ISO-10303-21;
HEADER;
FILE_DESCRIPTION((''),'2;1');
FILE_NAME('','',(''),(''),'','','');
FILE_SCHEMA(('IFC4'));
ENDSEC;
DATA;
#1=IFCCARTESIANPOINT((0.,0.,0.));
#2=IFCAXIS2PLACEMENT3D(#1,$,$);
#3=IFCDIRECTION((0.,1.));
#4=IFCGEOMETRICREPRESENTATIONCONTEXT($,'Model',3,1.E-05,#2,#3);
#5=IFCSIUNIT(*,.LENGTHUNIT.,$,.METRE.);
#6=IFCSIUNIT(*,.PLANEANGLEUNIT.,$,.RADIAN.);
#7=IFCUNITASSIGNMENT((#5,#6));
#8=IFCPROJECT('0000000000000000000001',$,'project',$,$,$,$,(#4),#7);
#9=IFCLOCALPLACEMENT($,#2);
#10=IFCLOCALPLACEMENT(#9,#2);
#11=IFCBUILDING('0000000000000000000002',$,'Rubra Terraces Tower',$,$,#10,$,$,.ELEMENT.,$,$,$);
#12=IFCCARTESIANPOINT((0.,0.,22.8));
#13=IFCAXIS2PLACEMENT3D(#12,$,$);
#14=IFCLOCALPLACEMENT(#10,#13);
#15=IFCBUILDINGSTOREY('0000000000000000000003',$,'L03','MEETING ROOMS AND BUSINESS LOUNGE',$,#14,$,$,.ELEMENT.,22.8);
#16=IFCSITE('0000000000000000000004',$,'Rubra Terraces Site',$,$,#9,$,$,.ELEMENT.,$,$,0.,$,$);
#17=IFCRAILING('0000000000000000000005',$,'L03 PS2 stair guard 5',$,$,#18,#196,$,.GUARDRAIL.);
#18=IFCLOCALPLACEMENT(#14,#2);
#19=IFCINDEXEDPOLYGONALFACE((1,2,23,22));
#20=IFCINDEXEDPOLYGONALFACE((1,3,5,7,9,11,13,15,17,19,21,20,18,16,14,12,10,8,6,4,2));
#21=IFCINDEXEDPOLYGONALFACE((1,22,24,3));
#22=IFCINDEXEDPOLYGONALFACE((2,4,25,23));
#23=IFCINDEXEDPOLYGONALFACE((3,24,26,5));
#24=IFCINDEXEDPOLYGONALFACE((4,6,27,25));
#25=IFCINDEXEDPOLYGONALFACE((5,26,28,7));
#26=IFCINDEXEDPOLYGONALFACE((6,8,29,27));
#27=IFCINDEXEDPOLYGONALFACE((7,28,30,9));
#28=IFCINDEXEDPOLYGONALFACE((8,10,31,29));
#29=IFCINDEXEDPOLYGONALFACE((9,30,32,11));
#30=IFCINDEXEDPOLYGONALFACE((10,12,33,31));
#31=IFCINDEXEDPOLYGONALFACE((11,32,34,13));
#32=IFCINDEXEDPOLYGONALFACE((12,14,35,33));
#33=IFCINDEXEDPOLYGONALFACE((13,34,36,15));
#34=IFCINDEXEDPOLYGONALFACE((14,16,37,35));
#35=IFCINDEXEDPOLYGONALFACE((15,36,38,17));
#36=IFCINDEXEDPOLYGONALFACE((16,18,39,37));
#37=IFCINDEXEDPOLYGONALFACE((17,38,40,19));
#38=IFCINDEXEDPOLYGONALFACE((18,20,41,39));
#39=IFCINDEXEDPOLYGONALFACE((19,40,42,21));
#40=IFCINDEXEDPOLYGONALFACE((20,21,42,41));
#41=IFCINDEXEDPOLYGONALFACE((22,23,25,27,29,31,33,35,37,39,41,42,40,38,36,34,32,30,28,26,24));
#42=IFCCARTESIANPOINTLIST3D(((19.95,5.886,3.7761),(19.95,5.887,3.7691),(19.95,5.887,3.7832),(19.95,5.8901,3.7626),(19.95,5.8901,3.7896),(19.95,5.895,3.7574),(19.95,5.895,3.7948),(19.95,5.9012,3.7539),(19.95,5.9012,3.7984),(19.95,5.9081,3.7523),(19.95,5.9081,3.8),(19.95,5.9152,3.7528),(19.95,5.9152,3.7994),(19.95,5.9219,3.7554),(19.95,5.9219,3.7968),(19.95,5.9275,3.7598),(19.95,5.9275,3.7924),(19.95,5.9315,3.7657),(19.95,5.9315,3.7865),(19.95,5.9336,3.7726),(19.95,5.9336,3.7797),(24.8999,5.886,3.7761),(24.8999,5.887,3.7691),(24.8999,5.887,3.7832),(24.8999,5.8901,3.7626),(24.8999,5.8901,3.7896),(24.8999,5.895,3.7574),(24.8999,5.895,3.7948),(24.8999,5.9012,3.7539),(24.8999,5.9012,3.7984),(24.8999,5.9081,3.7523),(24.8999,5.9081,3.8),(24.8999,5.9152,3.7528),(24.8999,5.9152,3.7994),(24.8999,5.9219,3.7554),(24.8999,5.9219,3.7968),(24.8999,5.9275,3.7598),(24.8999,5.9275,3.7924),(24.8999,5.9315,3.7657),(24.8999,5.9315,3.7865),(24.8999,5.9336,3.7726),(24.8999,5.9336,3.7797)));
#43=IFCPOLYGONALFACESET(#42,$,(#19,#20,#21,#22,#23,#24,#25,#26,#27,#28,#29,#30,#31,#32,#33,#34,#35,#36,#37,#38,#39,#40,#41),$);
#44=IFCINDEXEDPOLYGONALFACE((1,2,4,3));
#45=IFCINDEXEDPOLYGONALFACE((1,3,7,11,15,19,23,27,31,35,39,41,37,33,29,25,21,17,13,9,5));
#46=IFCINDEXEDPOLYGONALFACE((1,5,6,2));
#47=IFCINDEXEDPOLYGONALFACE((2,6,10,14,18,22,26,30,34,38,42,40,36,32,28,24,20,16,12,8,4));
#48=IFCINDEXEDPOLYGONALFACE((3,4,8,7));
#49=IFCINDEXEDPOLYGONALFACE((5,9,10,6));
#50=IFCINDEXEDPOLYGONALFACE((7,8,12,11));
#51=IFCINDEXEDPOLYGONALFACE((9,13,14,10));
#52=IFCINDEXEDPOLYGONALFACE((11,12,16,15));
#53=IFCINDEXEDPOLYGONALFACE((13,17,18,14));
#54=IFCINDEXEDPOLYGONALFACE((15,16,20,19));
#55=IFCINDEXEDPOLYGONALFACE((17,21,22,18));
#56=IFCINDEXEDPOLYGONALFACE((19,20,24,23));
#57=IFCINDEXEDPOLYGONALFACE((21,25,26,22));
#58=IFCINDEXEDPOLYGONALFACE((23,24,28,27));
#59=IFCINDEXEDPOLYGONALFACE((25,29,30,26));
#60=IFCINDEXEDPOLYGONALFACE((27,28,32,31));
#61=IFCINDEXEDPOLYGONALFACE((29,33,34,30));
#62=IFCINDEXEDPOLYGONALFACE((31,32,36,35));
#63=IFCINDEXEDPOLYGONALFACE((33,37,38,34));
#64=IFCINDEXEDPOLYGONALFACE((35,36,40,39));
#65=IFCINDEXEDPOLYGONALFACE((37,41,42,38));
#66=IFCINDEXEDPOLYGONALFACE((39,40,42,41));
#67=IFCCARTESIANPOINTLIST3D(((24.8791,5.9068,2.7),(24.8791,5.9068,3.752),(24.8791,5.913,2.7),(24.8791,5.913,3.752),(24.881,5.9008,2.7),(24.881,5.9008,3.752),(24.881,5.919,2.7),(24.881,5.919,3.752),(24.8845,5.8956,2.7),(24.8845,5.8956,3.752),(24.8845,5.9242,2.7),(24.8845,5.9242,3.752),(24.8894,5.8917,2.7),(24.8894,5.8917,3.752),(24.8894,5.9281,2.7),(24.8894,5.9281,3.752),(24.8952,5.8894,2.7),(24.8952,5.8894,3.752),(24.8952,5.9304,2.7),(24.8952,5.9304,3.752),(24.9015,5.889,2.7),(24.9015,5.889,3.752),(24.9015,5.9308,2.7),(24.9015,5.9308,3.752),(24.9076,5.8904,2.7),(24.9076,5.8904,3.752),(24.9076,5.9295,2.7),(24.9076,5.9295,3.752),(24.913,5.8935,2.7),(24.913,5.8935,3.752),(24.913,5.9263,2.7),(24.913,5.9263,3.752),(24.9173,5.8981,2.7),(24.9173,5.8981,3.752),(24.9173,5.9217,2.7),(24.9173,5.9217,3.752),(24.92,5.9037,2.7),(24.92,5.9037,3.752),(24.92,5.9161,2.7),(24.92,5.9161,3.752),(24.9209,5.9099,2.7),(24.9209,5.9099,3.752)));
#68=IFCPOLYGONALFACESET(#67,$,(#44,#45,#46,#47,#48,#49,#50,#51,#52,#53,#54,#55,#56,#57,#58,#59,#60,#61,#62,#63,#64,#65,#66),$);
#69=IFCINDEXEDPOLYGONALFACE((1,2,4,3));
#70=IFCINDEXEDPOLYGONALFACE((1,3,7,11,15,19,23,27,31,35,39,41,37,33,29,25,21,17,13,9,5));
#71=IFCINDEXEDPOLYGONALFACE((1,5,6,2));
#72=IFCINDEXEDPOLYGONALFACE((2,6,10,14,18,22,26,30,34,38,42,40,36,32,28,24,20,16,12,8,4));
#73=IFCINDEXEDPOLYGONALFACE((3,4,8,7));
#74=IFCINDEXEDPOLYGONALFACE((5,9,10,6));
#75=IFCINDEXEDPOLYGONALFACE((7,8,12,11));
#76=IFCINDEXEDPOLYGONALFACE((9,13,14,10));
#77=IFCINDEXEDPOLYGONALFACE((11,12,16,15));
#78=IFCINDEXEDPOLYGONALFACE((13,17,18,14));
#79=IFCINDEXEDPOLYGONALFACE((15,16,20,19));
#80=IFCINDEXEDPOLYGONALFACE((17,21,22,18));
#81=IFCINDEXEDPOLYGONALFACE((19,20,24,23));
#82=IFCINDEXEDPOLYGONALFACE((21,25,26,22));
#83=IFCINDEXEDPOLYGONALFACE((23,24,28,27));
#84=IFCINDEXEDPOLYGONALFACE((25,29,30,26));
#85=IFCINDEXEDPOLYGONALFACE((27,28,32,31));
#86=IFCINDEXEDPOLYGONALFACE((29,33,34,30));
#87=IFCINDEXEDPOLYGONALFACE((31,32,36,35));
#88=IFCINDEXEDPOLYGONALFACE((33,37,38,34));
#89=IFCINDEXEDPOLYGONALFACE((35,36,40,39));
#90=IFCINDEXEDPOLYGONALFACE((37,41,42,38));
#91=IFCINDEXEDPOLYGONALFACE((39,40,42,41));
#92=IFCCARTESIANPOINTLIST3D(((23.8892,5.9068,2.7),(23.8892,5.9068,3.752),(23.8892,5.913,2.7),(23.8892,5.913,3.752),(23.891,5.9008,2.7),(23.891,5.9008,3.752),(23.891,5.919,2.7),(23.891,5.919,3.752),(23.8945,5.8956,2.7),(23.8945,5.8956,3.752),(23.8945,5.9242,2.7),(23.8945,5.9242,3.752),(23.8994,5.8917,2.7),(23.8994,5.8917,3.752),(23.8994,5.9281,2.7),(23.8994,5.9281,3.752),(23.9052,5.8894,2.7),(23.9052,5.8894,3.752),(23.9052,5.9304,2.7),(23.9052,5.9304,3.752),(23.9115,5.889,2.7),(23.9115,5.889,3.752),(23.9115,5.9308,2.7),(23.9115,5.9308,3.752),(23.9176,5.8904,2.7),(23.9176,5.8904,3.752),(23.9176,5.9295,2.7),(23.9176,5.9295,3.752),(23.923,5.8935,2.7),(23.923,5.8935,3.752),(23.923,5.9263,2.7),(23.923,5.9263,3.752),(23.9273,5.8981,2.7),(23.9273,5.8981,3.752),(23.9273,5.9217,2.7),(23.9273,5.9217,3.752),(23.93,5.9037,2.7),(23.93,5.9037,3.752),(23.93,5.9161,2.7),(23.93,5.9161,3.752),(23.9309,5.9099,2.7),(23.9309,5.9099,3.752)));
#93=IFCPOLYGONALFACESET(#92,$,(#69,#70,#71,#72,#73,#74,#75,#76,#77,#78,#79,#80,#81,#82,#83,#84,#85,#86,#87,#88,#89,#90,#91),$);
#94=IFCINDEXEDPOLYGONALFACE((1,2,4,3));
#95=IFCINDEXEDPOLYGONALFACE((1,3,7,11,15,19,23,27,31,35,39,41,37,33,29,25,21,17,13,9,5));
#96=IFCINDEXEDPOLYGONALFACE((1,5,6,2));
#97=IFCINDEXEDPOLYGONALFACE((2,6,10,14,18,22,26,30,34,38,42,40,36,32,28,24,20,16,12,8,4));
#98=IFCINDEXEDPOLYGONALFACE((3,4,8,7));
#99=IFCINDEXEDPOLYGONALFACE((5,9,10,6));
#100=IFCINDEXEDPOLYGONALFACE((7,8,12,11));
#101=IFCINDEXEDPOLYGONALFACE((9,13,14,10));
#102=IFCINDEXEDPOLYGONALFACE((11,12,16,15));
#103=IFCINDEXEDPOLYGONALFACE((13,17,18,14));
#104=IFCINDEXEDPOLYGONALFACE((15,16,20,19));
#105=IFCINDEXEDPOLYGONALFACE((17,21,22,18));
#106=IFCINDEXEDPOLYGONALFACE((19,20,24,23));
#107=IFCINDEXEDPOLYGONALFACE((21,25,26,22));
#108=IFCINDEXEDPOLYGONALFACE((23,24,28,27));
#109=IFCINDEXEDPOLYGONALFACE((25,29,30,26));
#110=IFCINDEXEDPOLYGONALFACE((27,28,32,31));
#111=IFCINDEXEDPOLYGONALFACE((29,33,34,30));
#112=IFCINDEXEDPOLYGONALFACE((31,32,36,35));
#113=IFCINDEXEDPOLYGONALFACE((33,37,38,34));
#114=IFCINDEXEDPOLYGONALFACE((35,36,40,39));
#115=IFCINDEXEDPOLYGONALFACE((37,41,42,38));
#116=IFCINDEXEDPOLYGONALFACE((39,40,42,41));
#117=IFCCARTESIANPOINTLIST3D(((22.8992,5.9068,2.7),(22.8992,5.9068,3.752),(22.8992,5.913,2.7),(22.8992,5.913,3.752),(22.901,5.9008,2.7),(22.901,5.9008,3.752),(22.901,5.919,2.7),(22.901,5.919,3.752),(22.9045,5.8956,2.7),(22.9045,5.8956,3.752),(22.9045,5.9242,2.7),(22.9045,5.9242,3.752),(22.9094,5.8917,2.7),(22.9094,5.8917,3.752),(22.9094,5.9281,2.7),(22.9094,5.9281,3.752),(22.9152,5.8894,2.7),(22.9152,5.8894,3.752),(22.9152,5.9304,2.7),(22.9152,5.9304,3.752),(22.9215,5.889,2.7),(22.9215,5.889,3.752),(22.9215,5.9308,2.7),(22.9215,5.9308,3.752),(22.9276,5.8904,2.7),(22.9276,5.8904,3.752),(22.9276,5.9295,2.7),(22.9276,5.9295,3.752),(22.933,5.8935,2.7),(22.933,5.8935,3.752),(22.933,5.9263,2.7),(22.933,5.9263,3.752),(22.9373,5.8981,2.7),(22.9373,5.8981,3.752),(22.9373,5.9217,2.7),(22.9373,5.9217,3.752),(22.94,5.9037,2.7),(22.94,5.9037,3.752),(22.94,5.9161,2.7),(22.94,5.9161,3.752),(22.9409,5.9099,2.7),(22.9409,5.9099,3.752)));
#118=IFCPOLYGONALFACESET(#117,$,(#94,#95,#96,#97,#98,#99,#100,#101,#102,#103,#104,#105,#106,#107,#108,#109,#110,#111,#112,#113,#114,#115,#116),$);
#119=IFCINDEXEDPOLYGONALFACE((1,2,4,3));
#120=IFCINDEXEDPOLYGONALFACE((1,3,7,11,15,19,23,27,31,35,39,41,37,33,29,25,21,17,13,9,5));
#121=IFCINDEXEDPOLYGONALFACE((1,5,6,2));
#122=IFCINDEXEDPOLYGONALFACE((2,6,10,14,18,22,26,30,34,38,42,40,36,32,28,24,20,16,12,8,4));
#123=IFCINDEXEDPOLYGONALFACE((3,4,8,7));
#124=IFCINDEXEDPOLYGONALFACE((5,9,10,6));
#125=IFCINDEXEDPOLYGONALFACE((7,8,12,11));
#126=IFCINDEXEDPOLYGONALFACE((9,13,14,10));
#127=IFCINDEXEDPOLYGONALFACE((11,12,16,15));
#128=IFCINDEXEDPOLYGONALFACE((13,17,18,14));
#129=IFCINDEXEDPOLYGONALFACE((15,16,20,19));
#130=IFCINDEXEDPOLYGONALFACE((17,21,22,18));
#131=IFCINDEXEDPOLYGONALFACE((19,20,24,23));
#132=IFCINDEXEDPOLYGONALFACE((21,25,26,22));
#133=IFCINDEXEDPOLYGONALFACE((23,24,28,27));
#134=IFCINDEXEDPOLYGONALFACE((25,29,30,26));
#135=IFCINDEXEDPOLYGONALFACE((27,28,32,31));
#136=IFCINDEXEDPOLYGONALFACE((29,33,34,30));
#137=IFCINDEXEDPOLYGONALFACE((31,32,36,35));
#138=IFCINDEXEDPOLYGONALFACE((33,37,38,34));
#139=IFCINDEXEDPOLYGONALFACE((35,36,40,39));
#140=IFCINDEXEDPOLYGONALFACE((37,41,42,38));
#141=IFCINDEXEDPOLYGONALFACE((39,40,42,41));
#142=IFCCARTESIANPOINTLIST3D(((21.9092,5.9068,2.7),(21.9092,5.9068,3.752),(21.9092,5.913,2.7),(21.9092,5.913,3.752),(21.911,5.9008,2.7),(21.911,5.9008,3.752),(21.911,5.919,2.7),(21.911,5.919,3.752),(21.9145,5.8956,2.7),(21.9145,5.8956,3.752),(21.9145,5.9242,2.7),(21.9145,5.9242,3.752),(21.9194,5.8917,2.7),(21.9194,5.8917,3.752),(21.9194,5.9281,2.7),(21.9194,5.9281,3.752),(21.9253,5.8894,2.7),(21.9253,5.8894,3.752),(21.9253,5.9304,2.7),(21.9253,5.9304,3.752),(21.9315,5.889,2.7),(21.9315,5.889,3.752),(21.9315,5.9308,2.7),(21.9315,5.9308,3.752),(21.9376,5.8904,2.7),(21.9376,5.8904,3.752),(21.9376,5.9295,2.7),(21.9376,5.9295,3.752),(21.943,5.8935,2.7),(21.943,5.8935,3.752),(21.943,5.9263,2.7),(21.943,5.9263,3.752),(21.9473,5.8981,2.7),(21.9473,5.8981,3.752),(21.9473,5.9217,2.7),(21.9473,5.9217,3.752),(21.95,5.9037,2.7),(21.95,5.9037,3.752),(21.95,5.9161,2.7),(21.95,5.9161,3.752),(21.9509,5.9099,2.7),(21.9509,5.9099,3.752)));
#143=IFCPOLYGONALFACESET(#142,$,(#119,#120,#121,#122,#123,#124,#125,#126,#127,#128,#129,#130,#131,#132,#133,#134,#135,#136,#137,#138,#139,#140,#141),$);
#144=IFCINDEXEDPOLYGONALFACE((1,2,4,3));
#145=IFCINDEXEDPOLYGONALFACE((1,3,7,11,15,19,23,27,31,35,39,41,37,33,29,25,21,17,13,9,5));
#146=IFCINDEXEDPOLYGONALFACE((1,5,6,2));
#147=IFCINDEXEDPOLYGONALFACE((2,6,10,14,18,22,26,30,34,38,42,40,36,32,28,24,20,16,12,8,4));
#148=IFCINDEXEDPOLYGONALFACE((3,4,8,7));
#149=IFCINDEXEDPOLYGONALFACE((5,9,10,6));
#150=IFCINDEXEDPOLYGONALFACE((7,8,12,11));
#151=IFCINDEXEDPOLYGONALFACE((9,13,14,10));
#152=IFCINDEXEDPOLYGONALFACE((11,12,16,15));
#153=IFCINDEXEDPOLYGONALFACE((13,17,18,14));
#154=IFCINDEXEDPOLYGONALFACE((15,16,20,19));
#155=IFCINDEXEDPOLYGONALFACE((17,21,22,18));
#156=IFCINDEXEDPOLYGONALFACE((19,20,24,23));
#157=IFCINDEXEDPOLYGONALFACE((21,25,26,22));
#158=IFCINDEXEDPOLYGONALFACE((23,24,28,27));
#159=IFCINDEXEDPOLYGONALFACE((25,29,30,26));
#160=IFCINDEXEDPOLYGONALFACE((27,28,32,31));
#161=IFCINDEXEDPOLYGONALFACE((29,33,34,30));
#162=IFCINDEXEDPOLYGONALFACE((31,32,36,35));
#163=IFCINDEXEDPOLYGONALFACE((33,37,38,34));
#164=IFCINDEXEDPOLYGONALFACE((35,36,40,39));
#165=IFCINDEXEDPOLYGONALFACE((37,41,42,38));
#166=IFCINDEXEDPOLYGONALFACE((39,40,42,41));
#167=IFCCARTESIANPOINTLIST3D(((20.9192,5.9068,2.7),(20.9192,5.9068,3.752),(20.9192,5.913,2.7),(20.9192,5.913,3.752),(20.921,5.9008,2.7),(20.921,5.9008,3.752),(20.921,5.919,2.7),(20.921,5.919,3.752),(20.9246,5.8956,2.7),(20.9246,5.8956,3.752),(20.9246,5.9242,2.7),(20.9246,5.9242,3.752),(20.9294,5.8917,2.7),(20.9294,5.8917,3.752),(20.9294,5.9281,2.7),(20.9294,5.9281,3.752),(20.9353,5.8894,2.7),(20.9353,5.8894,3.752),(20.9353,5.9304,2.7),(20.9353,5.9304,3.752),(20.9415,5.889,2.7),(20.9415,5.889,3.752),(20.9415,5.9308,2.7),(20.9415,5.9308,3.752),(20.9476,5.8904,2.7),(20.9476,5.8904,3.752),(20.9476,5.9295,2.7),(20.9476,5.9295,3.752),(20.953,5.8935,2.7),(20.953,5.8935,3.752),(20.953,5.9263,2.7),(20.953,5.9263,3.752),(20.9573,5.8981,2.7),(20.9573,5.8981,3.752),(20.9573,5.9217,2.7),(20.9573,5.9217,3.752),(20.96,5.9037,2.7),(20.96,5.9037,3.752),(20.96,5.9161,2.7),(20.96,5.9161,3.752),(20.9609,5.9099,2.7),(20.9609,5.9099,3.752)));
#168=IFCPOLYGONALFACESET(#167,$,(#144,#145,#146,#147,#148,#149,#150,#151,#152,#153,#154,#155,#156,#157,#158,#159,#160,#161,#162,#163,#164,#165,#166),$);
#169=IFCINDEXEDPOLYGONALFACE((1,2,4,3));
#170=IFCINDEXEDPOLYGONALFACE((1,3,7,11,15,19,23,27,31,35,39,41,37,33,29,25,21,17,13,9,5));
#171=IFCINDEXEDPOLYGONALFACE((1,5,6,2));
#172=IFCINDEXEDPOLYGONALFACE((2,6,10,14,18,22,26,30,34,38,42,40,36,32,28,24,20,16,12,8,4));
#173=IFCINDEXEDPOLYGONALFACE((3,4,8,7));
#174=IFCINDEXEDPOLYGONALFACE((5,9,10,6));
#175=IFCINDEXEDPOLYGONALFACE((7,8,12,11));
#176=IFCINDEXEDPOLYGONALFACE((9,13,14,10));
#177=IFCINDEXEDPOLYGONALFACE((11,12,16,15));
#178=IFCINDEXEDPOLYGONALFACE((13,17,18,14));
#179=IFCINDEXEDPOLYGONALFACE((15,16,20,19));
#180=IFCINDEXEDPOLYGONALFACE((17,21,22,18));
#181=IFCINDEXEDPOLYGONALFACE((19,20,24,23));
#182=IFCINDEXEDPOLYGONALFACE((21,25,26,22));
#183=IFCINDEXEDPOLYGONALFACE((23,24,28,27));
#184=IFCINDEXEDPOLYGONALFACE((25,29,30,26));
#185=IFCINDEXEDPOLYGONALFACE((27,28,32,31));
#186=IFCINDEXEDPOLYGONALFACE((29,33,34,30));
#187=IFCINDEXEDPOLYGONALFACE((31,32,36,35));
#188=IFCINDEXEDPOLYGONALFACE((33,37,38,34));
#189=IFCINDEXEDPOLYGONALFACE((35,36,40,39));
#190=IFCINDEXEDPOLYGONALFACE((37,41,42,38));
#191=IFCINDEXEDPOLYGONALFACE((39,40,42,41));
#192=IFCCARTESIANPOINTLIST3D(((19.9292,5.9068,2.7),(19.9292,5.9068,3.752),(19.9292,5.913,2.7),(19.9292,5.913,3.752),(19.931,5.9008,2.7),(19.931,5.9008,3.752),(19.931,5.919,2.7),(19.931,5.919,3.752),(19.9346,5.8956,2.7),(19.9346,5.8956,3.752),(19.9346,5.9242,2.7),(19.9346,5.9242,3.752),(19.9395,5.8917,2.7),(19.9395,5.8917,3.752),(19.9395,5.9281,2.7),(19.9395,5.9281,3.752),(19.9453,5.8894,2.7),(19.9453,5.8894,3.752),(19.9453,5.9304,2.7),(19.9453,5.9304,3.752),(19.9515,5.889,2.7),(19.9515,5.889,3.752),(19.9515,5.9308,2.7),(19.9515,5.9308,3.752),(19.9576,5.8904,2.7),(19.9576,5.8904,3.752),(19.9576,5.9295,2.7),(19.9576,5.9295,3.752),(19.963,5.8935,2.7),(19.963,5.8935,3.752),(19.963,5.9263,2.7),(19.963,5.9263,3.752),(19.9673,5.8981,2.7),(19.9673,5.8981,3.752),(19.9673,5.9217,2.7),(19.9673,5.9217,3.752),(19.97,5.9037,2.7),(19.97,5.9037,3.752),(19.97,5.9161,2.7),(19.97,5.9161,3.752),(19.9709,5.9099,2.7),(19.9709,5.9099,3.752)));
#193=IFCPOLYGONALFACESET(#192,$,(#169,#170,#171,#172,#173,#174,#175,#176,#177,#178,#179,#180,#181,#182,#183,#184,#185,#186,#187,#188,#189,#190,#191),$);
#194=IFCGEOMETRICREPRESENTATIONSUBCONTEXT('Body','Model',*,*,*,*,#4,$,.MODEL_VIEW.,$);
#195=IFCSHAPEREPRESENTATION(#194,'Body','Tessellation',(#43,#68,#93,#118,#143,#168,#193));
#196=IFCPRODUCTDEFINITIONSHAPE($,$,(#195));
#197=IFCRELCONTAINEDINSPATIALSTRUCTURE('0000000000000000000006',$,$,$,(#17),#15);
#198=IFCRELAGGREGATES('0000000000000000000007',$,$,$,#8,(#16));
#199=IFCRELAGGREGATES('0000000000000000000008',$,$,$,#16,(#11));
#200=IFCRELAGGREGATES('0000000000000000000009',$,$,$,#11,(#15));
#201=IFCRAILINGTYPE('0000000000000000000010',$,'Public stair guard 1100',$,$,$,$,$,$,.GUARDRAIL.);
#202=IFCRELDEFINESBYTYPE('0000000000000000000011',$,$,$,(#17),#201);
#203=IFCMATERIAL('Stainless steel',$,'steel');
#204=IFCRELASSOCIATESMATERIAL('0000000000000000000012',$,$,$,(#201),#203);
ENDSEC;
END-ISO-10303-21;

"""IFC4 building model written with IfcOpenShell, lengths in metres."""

from ifc_helpers import new_model, si_unit, direction, frame, origin, origin_2d, place, context, subcontext, project, spatial, circle, extrude, material, type_object, element, save


model = new_model("IFC4")

# Units and contexts
model_context = context("Model", 3, precision=1e-05, world=origin(), true_north=direction((0.0, 1.0)))
body_context = subcontext(model_context, "Body", "Model", "MODEL_VIEW")
ifc_project = project(units=[si_unit("LENGTHUNIT", "METRE"), si_unit("PLANEANGLEUNIT", "RADIAN")], contexts=[model_context])

# Site, building, storey
site_placement = place(None, origin())
site = spatial("IfcSite", under=ifc_project, at=site_placement, Name="Rubra Terraces Site", CompositionType="ELEMENT", RefElevation=0.0)
building_placement = place(site_placement, origin())
building = spatial("IfcBuilding", under=site, at=building_placement, Name="Rubra Terraces Tower", CompositionType="ELEMENT")
storey_placement = place(building_placement, frame((0.0, 0.0, 22.8)))
storey = spatial("IfcBuildingStorey", under=building, at=storey_placement, Name="L03", Description="MEETING ROOMS AND BUSINESS LOUNGE", CompositionType="ELEMENT", Elevation=22.8)

# Railing
ifc_material_1 = material(Name="Stainless steel", Category="steel")
railing_type_1 = type_object("IfcRailingType", Name="Public stair guard 1100", PredefinedType="GUARDRAIL", material=ifc_material_1)
railing_1_placement = place(storey_placement, frame((24.8999, 5.9099, 2.7)))
element("IfcRailing", 1, at=railing_1_placement, inside=storey, type_object=railing_type_1, Name="L03 PS2 stair guard 5", PredefinedType="GUARDRAIL", context=body_context, shape_type="SweptSolid", body=[
    extrude(circle(Radius=0.0239, at=origin_2d()), frame((0.0, 0.0, 1.0762), z_axis=(-1.0, 0.0, 0.0), x_axis=(0.0, -1.0, 0.0)), (0.0, 0.0, 1.0), 4.95),
    extrude(circle(Radius=0.021, at=origin_2d()), origin(), (0.0, 0.0, 1.0), 1.052),
    extrude(circle(Radius=0.021, at=origin_2d()), frame((-0.99, 0.0, 0.0)), (0.0, 0.0, 1.0), 1.052),
    extrude(circle(Radius=0.021, at=origin_2d()), frame((-1.98, 0.0, 0.0)), (0.0, 0.0, 1.0), 1.052),
    extrude(circle(Radius=0.021, at=origin_2d()), frame((-2.97, 0.0, 0.0)), (0.0, 0.0, 1.0), 1.052),
    extrude(circle(Radius=0.021, at=origin_2d()), frame((-3.96, 0.0, 0.0)), (0.0, 0.0, 1.0), 1.052),
    extrude(circle(Radius=0.021, at=origin_2d()), frame((-4.95, 0.0, 0.0)), (0.0, 0.0, 1.0), 1.052),
])

save(model, "model.ifc")
